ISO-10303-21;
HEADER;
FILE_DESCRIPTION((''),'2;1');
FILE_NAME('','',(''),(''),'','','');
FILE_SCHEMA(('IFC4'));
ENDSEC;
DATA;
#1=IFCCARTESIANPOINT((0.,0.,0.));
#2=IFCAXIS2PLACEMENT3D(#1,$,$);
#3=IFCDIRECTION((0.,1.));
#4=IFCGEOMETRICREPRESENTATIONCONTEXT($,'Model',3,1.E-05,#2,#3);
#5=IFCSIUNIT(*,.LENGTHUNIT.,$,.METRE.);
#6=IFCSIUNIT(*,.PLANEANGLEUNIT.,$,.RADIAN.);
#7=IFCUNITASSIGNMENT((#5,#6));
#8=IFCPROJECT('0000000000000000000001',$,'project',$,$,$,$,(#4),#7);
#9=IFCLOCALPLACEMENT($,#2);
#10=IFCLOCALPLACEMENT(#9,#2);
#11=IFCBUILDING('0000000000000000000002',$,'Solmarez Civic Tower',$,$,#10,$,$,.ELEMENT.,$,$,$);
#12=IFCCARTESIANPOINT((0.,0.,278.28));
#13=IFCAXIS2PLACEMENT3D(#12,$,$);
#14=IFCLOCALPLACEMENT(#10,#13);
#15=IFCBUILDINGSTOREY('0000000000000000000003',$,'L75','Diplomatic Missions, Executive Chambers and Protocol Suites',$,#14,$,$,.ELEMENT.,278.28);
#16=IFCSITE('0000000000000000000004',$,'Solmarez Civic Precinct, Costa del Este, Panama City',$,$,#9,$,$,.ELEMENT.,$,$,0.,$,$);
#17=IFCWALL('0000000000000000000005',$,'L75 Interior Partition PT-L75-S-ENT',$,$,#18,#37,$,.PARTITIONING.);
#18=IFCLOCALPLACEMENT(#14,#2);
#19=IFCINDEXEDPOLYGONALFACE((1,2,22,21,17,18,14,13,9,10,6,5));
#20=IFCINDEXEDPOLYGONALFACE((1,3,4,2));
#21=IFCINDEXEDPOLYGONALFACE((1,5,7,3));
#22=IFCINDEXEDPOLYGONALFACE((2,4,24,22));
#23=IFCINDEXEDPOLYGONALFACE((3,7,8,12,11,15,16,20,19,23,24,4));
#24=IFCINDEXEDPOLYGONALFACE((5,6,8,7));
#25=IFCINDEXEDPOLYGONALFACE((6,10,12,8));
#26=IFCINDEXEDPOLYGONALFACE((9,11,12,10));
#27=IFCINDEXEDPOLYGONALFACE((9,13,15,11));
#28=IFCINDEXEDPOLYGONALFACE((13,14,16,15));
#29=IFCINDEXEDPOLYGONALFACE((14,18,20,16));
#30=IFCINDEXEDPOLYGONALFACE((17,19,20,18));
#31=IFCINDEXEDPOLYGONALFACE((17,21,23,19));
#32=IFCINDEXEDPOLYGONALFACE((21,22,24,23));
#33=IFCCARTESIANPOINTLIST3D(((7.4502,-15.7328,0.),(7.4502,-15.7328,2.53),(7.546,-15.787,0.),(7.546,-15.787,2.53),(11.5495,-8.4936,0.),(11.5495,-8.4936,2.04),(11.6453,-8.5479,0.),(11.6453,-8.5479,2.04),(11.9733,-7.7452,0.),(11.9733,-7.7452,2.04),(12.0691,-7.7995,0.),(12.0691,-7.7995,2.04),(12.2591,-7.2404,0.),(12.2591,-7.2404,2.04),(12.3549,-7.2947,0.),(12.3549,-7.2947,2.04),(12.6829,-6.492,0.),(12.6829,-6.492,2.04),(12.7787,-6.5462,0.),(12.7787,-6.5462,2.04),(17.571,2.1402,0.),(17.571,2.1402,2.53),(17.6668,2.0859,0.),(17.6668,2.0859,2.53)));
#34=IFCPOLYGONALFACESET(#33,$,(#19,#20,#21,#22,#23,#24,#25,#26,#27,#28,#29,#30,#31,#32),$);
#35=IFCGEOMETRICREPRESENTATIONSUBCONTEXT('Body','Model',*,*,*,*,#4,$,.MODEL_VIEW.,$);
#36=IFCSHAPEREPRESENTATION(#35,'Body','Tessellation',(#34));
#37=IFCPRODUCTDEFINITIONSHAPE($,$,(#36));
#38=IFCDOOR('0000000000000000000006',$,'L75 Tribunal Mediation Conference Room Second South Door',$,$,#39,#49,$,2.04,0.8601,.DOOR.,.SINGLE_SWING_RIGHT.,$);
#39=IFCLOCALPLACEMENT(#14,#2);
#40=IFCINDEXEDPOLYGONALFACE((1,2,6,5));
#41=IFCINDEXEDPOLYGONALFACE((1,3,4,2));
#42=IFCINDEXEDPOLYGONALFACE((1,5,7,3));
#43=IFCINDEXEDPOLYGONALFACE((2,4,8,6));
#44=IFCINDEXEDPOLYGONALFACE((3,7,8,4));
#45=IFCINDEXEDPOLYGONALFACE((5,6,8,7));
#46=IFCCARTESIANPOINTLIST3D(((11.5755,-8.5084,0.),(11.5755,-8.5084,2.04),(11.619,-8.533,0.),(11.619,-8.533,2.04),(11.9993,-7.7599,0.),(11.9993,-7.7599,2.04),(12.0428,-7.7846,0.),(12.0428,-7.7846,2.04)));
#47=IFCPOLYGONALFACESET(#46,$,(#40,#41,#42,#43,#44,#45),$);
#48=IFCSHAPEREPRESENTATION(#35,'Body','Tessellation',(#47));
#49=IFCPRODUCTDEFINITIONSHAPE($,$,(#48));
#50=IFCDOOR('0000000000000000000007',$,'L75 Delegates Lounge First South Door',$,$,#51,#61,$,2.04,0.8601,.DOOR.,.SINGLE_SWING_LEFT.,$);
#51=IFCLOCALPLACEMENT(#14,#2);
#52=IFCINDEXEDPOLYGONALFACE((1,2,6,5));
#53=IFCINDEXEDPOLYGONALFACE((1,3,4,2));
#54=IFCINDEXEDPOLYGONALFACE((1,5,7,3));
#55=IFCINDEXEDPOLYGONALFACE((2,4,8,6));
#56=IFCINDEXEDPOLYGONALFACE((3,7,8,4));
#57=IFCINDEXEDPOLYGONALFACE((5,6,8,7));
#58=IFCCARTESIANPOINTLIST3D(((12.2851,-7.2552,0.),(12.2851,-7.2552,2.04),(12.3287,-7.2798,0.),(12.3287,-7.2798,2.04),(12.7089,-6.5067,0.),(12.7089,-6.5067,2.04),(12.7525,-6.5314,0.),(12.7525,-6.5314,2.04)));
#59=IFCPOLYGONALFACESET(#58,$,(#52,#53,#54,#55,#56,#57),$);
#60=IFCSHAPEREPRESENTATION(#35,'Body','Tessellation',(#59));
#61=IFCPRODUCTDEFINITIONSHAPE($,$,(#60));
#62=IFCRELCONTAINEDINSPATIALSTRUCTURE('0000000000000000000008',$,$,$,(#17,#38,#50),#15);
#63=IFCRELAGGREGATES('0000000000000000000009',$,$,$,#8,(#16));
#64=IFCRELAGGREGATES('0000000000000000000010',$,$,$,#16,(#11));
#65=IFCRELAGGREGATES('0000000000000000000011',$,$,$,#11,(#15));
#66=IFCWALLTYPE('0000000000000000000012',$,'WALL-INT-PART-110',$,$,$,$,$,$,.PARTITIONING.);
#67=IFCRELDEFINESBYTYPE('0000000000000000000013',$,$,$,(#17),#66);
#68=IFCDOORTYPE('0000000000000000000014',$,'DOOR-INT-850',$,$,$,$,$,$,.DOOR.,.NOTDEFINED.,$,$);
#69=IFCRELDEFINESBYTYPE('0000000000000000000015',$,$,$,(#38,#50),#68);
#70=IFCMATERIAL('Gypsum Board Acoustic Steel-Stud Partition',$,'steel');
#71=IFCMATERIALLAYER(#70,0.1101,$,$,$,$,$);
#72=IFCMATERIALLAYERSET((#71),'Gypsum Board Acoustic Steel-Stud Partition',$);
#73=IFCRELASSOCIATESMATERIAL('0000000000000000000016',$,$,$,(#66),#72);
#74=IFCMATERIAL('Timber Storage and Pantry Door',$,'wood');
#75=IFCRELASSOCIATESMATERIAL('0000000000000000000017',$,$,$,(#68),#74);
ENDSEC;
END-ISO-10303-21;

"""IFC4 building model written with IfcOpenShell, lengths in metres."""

from ifc_helpers import new_model, si_unit, direction, frame, frame_2d, origin, place, context, subcontext, project, spatial, rectangle, extrude, material, layer, layer_set, type_object, element, fill, save


model = new_model("IFC4")

# Units and contexts
model_context = context("Model", 3, precision=1e-05, world=origin(), true_north=direction((0.0, 1.0)))
body_context = subcontext(model_context, "Body", "Model", "MODEL_VIEW")
ifc_project = project(units=[si_unit("LENGTHUNIT", "METRE"), si_unit("PLANEANGLEUNIT", "RADIAN")], contexts=[model_context])

# Site, building, storey
site_placement = place(None, origin())
site = spatial("IfcSite", under=ifc_project, at=site_placement, Name="Solmarez Civic Precinct, Costa del Este, Panama City", CompositionType="ELEMENT", RefElevation=0.0)
building_placement = place(site_placement, origin())
building = spatial("IfcBuilding", under=site, at=building_placement, Name="Solmarez Civic Tower", CompositionType="ELEMENT")
storey_placement = place(building_placement, frame((0.0, 0.0, 278.28)))
storey = spatial("IfcBuildingStorey", under=building, at=storey_placement, Name="L75", Description="Diplomatic Missions, Executive Chambers and Protocol Suites", CompositionType="ELEMENT", Elevation=278.28)

# Shared definitions
ifc_material_1 = material(Name="Gypsum Board Acoustic Steel-Stud Partition", Category="steel")
ifc_layer_1 = layer(ifc_material_1, 0.1101)
ifc_layer_set_1 = layer_set([ifc_layer_1], Name="Gypsum Board Acoustic Steel-Stud Partition")
wall_type_1 = type_object("IfcWallType", Name="WALL-INT-PART-110", PredefinedType="PARTITIONING", material=ifc_layer_set_1)

# Wall, openings, doors
wall_1_placement = place(storey_placement, frame((17.6189, 2.113, 0.0), z_axis=(0.0, 0.0, 1.0), x_axis=(-0.492747, -0.870173, 0.0)))
wall_1 = element("IfcWall", 1, at=wall_1_placement, inside=storey, type_object=wall_type_1, Name="L75 Interior Partition PT-L75-S-ENT", PredefinedType="PARTITIONING", context=body_context, shape_type="SweptSolid", body=[
    extrude(rectangle(XDim=20.5396, YDim=0.1101, at=frame_2d((10.2698, 0.0))), origin(), (0.0, 0.0, 1.0), 2.53),
])
opening_1_placement = place(wall_1_placement, frame((11.3601, 0.0, 0.0)))
opening_1 = element("IfcOpeningElement", 2, at=opening_1_placement, cuts=wall_1, PredefinedType="OPENING", context=body_context, shape_type="SweptSolid", body=[
    extrude(rectangle(XDim=0.8601, YDim=2.04, at=frame_2d((0.4302, 1.02))), frame((0.0, 0.0649, 0.0), z_axis=(0.0, -1.0, 0.0), x_axis=(1.0, 0.0, 0.0)), (0.0, 0.0, 1.0), 0.1301),
])
opening_2_placement = place(wall_1_placement, frame((9.9199, 0.0, 0.0)))
opening_2 = element("IfcOpeningElement", 3, at=opening_2_placement, cuts=wall_1, PredefinedType="OPENING", context=body_context, shape_type="SweptSolid", body=[
    extrude(rectangle(XDim=0.8601, YDim=2.04, at=frame_2d((0.4302, 1.02))), frame((0.0, 0.0649, 0.0), z_axis=(0.0, -1.0, 0.0), x_axis=(1.0, 0.0, 0.0)), (0.0, 0.0, 1.0), 0.1301),
])
ifc_material_2 = material(Name="Timber Storage and Pantry Door", Category="wood")
door_type_1 = type_object("IfcDoorType", Name="DOOR-INT-850", OperationType="NOTDEFINED", PredefinedType="DOOR", material=ifc_material_2)
door_1_placement = place(opening_1_placement, origin())
door_1 = element("IfcDoor", 4, at=door_1_placement, inside=storey, type_object=door_type_1, Name="L75 Tribunal Mediation Conference Room Second South Door", OperationType="SINGLE_SWING_RIGHT", OverallHeight=2.04, OverallWidth=0.8601, PredefinedType="DOOR", context=body_context, shape_type="SweptSolid", body=[
    extrude(rectangle(XDim=0.8601, YDim=2.04, at=frame_2d((0.4302, 1.02))), frame((0.0, 0.0249, 0.0), z_axis=(0.0, -1.0, 0.0), x_axis=(1.0, 0.0, 0.0)), (0.0, 0.0, 1.0), 0.05),
])
fill(opening_1, door_1)
door_2_placement = place(opening_2_placement, origin())
door_2 = element("IfcDoor", 5, at=door_2_placement, inside=storey, type_object=door_type_1, Name="L75 Delegates Lounge First South Door", OperationType="SINGLE_SWING_LEFT", OverallHeight=2.04, OverallWidth=0.8601, PredefinedType="DOOR", context=body_context, shape_type="SweptSolid", body=[
    extrude(rectangle(XDim=0.8601, YDim=2.04, at=frame_2d((0.4302, 1.02))), frame((0.0, 0.0249, 0.0), z_axis=(0.0, -1.0, 0.0), x_axis=(1.0, 0.0, 0.0)), (0.0, 0.0, 1.0), 0.05),
])
fill(opening_2, door_2)

save(model, "model.ifc")
